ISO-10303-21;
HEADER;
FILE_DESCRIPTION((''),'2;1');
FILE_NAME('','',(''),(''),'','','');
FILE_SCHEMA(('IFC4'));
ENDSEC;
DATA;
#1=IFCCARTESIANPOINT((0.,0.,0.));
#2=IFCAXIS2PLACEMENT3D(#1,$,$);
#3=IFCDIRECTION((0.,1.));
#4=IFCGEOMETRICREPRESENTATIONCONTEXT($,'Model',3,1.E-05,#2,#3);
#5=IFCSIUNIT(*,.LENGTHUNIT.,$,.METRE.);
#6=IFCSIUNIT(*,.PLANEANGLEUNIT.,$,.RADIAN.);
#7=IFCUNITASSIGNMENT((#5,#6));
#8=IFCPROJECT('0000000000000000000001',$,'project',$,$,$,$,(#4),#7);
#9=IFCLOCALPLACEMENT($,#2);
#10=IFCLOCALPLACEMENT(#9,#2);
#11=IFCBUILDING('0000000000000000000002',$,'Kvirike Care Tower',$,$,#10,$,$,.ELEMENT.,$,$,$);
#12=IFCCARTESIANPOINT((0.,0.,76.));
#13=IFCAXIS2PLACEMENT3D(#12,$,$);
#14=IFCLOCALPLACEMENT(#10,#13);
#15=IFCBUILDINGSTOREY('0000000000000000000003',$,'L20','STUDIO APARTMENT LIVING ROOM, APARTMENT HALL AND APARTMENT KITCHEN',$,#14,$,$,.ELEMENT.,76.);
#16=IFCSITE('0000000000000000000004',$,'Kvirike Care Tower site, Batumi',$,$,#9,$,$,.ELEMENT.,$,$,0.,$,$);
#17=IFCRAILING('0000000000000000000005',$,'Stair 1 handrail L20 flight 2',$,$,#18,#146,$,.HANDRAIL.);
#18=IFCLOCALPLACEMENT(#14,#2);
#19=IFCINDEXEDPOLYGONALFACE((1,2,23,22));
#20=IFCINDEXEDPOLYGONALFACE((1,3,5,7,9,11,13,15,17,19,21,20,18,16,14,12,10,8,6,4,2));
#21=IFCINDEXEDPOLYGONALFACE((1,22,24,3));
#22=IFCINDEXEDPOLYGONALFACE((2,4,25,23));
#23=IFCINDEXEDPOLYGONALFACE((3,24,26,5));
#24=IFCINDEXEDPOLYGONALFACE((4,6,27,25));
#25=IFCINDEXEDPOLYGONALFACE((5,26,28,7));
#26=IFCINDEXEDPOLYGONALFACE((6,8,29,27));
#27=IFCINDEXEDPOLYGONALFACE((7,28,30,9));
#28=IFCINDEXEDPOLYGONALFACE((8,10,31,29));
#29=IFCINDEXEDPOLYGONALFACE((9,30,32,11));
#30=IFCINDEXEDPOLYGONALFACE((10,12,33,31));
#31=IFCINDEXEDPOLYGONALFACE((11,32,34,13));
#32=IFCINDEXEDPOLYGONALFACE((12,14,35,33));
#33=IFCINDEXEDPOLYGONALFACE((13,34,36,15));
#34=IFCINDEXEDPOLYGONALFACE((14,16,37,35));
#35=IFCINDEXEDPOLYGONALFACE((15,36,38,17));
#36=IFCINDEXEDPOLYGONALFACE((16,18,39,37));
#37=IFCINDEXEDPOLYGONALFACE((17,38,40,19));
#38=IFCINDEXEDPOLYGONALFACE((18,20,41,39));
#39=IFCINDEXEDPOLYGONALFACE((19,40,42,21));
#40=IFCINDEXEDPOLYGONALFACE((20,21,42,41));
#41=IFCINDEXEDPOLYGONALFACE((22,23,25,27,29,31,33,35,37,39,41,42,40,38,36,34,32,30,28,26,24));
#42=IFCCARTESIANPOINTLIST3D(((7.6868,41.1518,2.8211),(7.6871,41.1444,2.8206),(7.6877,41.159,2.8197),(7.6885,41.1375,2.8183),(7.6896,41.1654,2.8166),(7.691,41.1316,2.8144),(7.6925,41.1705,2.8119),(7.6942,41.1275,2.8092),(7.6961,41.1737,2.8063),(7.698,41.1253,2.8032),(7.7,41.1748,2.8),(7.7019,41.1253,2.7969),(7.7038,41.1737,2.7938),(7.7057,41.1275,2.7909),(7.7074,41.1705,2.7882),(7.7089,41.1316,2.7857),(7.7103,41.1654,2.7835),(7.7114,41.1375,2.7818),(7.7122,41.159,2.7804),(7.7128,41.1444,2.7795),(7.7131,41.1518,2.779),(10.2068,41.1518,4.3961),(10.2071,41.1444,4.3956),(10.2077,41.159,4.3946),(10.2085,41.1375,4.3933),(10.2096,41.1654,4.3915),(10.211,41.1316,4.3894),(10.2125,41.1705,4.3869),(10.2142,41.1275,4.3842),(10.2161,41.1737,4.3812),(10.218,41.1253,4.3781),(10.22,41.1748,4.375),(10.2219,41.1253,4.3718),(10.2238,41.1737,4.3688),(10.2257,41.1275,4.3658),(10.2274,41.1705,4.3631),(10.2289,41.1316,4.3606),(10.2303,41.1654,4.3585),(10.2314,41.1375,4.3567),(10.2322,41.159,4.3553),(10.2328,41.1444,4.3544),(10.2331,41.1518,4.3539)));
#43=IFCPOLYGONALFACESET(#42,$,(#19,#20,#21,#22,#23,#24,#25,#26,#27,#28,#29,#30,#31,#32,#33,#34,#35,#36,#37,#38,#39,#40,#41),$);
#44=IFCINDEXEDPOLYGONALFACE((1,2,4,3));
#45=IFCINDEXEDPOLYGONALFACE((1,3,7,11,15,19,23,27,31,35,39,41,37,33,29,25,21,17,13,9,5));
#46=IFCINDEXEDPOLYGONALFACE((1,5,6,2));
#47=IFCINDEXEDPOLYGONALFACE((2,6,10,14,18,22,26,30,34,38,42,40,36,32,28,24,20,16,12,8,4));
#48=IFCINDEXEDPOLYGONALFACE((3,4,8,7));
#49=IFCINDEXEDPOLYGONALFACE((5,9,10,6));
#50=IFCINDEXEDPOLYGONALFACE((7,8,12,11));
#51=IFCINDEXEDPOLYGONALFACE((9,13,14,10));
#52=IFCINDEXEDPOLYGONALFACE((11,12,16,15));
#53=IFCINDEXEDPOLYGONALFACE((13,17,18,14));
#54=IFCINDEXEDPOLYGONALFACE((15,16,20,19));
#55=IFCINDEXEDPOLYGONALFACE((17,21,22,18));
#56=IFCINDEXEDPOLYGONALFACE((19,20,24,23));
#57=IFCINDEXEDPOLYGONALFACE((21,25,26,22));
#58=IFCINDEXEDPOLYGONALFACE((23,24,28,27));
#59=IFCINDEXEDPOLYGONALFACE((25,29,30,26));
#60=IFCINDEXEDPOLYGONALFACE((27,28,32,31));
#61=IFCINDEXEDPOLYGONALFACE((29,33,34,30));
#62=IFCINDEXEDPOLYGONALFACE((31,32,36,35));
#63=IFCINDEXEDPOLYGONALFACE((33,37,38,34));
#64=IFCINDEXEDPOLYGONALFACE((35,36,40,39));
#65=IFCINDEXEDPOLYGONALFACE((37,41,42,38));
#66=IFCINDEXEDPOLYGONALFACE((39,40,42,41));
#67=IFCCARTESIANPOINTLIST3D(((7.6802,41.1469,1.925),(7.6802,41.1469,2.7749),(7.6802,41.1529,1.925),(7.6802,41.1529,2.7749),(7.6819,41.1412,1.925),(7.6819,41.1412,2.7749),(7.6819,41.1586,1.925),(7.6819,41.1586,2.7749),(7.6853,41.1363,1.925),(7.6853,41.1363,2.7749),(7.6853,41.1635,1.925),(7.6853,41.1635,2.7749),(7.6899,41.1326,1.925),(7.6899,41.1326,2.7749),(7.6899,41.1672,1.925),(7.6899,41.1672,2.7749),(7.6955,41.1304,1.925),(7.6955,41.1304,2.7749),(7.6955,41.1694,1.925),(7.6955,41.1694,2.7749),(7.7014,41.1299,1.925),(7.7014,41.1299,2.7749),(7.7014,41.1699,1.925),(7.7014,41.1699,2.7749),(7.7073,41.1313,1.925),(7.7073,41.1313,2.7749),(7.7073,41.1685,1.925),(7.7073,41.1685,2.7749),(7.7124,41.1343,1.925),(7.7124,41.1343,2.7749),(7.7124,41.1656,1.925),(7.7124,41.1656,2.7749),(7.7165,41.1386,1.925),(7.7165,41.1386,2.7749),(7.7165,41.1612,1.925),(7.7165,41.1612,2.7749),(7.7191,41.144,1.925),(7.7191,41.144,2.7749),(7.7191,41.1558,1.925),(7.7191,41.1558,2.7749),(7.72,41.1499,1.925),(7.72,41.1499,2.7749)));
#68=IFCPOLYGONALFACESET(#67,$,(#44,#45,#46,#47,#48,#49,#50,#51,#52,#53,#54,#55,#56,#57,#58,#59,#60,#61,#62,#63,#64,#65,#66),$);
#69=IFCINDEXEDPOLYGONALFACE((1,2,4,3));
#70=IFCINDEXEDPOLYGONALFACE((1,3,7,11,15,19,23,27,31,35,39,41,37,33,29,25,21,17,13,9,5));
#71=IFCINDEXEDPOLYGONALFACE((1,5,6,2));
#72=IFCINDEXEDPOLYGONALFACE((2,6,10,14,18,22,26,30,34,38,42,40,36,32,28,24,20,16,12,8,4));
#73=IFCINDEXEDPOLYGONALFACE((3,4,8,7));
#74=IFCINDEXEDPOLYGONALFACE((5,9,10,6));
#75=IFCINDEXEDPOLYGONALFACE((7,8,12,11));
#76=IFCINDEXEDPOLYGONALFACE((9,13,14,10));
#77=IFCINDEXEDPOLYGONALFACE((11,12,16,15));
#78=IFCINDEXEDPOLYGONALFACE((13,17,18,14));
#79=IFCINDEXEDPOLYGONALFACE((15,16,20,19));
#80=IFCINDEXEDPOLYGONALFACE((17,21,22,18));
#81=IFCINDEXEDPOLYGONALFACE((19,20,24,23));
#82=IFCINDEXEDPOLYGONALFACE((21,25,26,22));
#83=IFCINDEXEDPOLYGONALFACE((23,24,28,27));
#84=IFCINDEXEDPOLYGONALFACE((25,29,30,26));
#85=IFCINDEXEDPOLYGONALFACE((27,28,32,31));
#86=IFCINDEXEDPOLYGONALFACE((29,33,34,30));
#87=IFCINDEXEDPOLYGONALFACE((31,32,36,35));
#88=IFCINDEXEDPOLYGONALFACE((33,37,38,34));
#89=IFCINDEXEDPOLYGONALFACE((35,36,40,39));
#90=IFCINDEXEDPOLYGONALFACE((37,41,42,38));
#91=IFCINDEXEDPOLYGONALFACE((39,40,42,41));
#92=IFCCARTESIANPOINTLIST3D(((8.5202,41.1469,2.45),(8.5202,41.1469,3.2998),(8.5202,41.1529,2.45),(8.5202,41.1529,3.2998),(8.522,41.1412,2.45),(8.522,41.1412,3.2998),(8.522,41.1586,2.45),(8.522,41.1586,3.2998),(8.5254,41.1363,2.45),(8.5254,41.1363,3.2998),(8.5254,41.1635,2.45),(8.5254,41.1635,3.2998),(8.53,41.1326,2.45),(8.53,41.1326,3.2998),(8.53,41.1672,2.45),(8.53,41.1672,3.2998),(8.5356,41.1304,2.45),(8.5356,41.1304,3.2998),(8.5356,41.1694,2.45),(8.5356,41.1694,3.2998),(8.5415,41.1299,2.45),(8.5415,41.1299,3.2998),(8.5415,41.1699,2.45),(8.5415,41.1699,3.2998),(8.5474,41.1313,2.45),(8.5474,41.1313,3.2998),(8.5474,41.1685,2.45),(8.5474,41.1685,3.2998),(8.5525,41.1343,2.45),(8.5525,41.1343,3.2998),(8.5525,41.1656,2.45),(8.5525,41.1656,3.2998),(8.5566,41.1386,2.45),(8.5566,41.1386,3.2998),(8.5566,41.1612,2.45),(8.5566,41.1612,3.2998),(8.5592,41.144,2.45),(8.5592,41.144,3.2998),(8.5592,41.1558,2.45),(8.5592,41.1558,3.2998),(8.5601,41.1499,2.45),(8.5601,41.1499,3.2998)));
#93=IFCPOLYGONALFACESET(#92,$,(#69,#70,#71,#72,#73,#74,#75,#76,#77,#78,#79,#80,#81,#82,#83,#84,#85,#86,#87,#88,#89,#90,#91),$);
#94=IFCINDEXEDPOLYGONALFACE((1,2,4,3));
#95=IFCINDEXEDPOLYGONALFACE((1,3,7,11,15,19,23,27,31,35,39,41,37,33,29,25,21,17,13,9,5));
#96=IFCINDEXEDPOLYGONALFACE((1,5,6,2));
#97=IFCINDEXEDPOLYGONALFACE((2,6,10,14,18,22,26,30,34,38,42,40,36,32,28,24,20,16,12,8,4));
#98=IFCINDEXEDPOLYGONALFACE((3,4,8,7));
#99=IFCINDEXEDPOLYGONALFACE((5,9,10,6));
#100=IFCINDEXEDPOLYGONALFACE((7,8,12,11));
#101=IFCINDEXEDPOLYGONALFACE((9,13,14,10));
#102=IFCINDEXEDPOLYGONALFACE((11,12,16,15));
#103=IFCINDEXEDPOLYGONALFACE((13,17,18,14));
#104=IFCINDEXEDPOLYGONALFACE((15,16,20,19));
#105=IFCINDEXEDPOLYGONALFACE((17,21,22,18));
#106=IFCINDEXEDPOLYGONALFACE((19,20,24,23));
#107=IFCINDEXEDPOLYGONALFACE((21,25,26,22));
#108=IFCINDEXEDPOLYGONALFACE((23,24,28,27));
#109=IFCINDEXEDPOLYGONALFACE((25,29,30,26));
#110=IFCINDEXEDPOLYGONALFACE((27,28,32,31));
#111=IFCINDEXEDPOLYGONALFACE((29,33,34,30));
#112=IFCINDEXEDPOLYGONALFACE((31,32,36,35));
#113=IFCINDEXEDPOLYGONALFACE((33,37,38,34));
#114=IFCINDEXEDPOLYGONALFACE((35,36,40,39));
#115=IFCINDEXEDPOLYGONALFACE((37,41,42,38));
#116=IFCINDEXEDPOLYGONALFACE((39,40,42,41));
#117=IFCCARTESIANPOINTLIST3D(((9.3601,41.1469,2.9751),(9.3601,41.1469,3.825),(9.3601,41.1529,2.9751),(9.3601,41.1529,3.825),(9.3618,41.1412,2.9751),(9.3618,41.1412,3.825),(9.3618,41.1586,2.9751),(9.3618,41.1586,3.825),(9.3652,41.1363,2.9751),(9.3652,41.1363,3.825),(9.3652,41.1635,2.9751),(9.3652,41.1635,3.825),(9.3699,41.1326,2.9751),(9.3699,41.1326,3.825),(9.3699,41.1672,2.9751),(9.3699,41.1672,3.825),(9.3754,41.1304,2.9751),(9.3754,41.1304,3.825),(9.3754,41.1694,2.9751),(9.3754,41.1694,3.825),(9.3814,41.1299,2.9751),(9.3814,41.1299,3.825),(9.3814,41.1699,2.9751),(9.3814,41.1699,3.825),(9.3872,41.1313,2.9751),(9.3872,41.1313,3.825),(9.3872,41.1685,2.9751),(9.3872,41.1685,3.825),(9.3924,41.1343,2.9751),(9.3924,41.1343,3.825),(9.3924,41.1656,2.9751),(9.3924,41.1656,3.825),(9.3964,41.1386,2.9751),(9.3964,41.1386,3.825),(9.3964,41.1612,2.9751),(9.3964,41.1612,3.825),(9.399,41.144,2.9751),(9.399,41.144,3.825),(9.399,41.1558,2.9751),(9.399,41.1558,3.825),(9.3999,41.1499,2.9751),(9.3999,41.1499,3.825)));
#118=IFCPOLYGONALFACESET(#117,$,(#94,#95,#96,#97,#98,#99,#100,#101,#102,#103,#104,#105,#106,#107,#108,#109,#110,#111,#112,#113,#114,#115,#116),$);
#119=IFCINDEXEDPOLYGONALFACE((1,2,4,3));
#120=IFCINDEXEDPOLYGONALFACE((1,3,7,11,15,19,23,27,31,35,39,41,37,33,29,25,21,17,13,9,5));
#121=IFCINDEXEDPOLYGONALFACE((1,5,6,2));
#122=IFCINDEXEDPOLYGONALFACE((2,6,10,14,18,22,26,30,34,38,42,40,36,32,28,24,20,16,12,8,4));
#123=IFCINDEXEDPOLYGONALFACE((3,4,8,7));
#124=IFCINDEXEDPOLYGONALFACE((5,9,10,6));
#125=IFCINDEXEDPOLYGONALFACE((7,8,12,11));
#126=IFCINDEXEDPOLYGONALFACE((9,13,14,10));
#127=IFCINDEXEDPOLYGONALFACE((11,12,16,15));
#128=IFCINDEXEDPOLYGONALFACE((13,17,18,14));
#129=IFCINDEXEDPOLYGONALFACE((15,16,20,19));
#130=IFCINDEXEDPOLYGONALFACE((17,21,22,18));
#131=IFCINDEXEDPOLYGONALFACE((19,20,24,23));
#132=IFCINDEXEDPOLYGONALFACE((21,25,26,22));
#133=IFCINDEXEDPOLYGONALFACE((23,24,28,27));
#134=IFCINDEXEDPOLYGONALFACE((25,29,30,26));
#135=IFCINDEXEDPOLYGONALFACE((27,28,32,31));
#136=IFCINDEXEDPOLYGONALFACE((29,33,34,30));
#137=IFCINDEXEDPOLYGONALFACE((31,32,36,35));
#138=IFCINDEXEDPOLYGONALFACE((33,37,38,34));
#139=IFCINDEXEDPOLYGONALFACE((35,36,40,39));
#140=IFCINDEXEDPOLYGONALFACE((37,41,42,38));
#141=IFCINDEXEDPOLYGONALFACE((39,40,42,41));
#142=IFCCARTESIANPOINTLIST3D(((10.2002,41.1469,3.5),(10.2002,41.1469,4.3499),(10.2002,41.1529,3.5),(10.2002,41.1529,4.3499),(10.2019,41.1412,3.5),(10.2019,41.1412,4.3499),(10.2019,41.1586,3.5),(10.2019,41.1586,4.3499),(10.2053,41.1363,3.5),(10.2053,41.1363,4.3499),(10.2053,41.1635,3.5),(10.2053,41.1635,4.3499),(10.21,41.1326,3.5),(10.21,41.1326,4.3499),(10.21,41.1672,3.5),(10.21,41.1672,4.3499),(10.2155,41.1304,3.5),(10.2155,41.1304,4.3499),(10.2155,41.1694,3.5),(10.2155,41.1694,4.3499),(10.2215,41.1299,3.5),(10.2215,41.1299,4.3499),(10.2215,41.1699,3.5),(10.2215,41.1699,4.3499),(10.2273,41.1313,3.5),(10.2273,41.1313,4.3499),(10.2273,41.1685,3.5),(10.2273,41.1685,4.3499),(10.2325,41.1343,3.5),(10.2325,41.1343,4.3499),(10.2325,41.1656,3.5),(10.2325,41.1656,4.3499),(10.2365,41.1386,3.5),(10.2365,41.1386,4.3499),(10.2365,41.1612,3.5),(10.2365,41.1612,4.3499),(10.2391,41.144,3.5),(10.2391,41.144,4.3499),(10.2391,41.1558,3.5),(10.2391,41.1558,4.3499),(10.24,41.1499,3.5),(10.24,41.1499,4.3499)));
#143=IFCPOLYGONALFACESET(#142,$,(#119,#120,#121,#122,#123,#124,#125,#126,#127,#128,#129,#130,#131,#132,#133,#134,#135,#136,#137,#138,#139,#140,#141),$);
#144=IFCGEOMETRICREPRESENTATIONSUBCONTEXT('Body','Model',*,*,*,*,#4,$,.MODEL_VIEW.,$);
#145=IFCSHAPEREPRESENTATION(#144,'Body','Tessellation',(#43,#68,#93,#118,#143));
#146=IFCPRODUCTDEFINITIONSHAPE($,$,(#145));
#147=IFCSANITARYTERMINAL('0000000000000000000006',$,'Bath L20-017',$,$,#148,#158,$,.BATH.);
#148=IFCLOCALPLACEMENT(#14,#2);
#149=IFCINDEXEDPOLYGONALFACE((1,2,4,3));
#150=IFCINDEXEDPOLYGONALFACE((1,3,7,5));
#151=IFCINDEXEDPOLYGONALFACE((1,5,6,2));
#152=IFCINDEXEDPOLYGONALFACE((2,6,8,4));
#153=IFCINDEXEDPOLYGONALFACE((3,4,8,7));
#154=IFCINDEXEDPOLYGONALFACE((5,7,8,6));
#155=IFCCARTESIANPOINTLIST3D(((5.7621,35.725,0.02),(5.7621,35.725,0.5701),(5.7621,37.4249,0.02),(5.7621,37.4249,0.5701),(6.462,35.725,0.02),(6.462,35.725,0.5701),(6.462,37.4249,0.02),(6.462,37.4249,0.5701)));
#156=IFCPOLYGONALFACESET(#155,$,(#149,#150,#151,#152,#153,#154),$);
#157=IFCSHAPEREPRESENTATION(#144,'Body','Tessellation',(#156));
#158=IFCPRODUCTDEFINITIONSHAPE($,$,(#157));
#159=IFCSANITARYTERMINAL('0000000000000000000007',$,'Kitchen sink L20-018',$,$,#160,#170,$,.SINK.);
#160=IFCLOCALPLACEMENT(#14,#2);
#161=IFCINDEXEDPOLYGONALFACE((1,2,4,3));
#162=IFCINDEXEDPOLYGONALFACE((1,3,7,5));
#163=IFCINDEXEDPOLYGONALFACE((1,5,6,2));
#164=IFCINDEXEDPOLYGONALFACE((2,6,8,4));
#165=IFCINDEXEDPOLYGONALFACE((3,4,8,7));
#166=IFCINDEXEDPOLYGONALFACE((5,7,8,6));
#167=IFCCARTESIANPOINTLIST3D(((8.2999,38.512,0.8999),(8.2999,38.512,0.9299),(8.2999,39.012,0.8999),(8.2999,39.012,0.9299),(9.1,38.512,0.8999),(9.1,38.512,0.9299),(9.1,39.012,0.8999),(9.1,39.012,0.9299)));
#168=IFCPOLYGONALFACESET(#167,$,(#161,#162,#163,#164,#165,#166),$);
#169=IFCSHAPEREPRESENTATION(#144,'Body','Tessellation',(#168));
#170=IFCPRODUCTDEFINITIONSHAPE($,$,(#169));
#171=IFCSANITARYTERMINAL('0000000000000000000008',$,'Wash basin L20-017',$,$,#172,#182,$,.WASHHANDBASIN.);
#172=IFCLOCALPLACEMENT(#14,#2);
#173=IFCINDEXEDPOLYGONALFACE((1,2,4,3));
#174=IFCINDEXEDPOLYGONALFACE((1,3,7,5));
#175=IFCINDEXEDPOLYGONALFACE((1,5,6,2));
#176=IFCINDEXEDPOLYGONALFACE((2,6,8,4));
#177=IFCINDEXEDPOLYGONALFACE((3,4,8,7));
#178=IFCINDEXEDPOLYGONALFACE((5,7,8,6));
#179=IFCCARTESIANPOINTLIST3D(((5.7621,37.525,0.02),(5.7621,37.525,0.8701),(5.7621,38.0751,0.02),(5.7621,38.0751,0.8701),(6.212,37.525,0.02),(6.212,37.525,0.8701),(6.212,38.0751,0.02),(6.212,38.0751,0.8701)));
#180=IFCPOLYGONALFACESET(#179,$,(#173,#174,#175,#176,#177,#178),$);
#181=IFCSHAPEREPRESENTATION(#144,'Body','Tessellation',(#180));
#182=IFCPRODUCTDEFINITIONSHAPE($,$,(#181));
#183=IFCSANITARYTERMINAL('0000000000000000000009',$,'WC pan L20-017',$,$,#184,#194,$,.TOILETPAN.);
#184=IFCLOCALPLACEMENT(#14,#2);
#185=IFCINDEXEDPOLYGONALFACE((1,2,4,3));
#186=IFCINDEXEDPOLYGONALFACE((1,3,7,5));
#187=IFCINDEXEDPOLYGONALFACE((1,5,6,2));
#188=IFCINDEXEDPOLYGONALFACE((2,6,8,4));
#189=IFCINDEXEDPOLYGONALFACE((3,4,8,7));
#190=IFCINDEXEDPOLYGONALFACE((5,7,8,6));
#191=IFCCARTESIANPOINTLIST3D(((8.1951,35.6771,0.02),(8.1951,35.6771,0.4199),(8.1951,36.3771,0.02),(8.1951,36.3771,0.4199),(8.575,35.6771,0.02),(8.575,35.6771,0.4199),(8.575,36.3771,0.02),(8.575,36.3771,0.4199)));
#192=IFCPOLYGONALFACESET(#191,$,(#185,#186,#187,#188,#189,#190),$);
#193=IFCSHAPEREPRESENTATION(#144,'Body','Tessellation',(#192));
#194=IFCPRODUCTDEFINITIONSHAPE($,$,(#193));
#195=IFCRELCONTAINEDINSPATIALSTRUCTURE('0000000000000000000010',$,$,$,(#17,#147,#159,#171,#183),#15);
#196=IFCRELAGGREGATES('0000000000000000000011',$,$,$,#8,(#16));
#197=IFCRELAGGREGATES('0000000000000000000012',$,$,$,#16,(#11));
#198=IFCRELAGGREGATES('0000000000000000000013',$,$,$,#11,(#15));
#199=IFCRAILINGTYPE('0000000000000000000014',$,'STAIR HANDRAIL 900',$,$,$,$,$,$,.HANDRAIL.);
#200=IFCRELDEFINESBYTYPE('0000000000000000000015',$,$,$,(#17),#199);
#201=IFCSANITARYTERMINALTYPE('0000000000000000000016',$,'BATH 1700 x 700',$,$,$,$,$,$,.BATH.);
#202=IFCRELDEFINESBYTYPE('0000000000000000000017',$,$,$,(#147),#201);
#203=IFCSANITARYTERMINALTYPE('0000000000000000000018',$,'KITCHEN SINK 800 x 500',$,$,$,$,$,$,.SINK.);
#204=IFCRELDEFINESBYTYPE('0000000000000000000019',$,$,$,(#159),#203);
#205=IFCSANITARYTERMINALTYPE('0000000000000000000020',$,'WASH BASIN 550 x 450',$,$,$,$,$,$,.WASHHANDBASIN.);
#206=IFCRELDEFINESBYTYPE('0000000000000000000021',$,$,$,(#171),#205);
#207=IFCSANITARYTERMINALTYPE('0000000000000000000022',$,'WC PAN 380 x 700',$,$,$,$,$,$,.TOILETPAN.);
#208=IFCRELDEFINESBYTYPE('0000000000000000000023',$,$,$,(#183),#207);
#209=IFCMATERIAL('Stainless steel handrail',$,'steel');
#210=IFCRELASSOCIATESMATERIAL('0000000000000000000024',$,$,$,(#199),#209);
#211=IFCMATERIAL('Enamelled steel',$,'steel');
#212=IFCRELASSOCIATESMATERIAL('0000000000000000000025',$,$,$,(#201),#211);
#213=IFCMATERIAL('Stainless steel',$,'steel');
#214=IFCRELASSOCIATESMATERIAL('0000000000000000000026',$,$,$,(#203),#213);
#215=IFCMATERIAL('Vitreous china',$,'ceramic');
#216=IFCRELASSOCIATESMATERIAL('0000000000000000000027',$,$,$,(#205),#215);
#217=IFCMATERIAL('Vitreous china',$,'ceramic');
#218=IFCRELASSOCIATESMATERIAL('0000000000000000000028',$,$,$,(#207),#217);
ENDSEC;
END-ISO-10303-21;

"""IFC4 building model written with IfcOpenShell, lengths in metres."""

from ifc_helpers import new_model, si_unit, direction, frame, origin, origin_2d, place, context, subcontext, project, spatial, rectangle, circle, extrude, material, type_object, element, save


model = new_model("IFC4")

# Units and contexts
model_context = context("Model", 3, precision=1e-05, world=origin(), true_north=direction((0.0, 1.0)))
body_context = subcontext(model_context, "Body", "Model", "MODEL_VIEW")
ifc_project = project(units=[si_unit("LENGTHUNIT", "METRE"), si_unit("PLANEANGLEUNIT", "RADIAN")], contexts=[model_context])

# Site, building, storey
site_placement = place(None, origin())
site = spatial("IfcSite", under=ifc_project, at=site_placement, Name="Kvirike Care Tower site, Batumi", CompositionType="ELEMENT", RefElevation=0.0)
building_placement = place(site_placement, origin())
building = spatial("IfcBuilding", under=site, at=building_placement, Name="Kvirike Care Tower", CompositionType="ELEMENT")
storey_placement = place(building_placement, frame((0.0, 0.0, 76.0)))
storey = spatial("IfcBuildingStorey", under=building, at=storey_placement, Name="L20", Description="STUDIO APARTMENT LIVING ROOM, APARTMENT HALL AND APARTMENT KITCHEN", CompositionType="ELEMENT", Elevation=76.0)

# Railing
ifc_material_1 = material(Name="Stainless steel handrail", Category="steel")
railing_type = type_object("IfcRailingType", Name="STAIR HANDRAIL 900", PredefinedType="HANDRAIL", material=ifc_material_1)
railing_1_placement = place(storey_placement, frame((7.7, 41.1499, 1.925)))
element("IfcRailing", 1, at=railing_1_placement, inside=storey, type_object=railing_type, Name="Stair 1 handrail L20 flight 2", PredefinedType="HANDRAIL", context=body_context, shape_type="SweptSolid", body=[
    extrude(circle(Radius=0.0249, at=origin_2d()), frame((0.0, 0.0, 0.875), z_axis=(0.848008, 0.0, 0.529984), x_axis=(0.0, 1.0, 0.0)), (0.0, 0.0, 1.0), 2.9717),
    extrude(circle(Radius=0.02, at=origin_2d()), origin(), (0.0, 0.0, 1.0), 0.8499),
    extrude(circle(Radius=0.02, at=origin_2d()), frame((0.8401, 0.0, 0.5249)), (0.0, 0.0, 1.0), 0.8499),
    extrude(circle(Radius=0.02, at=origin_2d()), frame((1.6799, 0.0, 1.05)), (0.0, 0.0, 1.0), 0.8499),
    extrude(circle(Radius=0.02, at=origin_2d()), frame((2.52, 0.0, 1.575)), (0.0, 0.0, 1.0), 0.8499),
])

# Sanitary terminals
ifc_material_2 = material(Name="Enamelled steel", Category="steel")
sanitary_terminal_type_1 = type_object("IfcSanitaryTerminalType", Name="BATH 1700 x 700", PredefinedType="BATH", material=ifc_material_2)
sanitary_terminal_1_placement = place(storey_placement, frame((6.1121, 36.575, 0.02), z_axis=(0.0, 0.0, 1.0), x_axis=(0.0, 1.0, 0.0)))
element("IfcSanitaryTerminal", 2, at=sanitary_terminal_1_placement, inside=storey, type_object=sanitary_terminal_type_1, Name="Bath L20-017", PredefinedType="BATH", context=body_context, shape_type="SweptSolid", body=[
    extrude(rectangle(XDim=1.7, YDim=0.7, at=origin_2d()), origin(), (0.0, 0.0, 1.0), 0.55),
])
ifc_material_3 = material(Name="Stainless steel", Category="steel")
sanitary_terminal_type_2 = type_object("IfcSanitaryTerminalType", Name="KITCHEN SINK 800 x 500", PredefinedType="SINK", material=ifc_material_3)
sanitary_terminal_2_placement = place(storey_placement, frame((8.7, 38.762, 0.8999), z_axis=(0.0, 0.0, 1.0), x_axis=(-1.0, 0.0, 0.0)))
element("IfcSanitaryTerminal", 3, at=sanitary_terminal_2_placement, inside=storey, type_object=sanitary_terminal_type_2, Name="Kitchen sink L20-018", PredefinedType="SINK", context=body_context, shape_type="SweptSolid", body=[
    extrude(rectangle(XDim=0.8, YDim=0.5, at=origin_2d()), origin(), (0.0, 0.0, 1.0), 0.03),
])
ifc_material_4 = material(Name="Vitreous china", Category="ceramic")
sanitary_terminal_type_3 = type_object("IfcSanitaryTerminalType", Name="WASH BASIN 550 x 450", PredefinedType="WASHHANDBASIN", material=ifc_material_4)
sanitary_terminal_3_placement = place(storey_placement, frame((5.9871, 37.8, 0.02), z_axis=(0.0, 0.0, 1.0), x_axis=(0.0, 1.0, 0.0)))
element("IfcSanitaryTerminal", 4, at=sanitary_terminal_3_placement, inside=storey, type_object=sanitary_terminal_type_3, Name="Wash basin L20-017", PredefinedType="WASHHANDBASIN", context=body_context, shape_type="SweptSolid", body=[
    extrude(rectangle(XDim=0.55, YDim=0.45, at=origin_2d()), origin(), (0.0, 0.0, 1.0), 0.8501),
])
ifc_material_5 = material(Name="Vitreous china", Category="ceramic")
sanitary_terminal_type_4 = type_object("IfcSanitaryTerminalType", Name="WC PAN 380 x 700", PredefinedType="TOILETPAN", material=ifc_material_5)
sanitary_terminal_4_placement = place(storey_placement, frame((8.385, 36.0271, 0.02), z_axis=(0.0, 0.0, 1.0), x_axis=(-1.0, 0.0, 0.0)))
element("IfcSanitaryTerminal", 5, at=sanitary_terminal_4_placement, inside=storey, type_object=sanitary_terminal_type_4, Name="WC pan L20-017", PredefinedType="TOILETPAN", context=body_context, shape_type="SweptSolid", body=[
    extrude(rectangle(XDim=0.3799, YDim=0.7, at=origin_2d()), origin(), (0.0, 0.0, 1.0), 0.3999),
])

save(model, "model.ifc")
